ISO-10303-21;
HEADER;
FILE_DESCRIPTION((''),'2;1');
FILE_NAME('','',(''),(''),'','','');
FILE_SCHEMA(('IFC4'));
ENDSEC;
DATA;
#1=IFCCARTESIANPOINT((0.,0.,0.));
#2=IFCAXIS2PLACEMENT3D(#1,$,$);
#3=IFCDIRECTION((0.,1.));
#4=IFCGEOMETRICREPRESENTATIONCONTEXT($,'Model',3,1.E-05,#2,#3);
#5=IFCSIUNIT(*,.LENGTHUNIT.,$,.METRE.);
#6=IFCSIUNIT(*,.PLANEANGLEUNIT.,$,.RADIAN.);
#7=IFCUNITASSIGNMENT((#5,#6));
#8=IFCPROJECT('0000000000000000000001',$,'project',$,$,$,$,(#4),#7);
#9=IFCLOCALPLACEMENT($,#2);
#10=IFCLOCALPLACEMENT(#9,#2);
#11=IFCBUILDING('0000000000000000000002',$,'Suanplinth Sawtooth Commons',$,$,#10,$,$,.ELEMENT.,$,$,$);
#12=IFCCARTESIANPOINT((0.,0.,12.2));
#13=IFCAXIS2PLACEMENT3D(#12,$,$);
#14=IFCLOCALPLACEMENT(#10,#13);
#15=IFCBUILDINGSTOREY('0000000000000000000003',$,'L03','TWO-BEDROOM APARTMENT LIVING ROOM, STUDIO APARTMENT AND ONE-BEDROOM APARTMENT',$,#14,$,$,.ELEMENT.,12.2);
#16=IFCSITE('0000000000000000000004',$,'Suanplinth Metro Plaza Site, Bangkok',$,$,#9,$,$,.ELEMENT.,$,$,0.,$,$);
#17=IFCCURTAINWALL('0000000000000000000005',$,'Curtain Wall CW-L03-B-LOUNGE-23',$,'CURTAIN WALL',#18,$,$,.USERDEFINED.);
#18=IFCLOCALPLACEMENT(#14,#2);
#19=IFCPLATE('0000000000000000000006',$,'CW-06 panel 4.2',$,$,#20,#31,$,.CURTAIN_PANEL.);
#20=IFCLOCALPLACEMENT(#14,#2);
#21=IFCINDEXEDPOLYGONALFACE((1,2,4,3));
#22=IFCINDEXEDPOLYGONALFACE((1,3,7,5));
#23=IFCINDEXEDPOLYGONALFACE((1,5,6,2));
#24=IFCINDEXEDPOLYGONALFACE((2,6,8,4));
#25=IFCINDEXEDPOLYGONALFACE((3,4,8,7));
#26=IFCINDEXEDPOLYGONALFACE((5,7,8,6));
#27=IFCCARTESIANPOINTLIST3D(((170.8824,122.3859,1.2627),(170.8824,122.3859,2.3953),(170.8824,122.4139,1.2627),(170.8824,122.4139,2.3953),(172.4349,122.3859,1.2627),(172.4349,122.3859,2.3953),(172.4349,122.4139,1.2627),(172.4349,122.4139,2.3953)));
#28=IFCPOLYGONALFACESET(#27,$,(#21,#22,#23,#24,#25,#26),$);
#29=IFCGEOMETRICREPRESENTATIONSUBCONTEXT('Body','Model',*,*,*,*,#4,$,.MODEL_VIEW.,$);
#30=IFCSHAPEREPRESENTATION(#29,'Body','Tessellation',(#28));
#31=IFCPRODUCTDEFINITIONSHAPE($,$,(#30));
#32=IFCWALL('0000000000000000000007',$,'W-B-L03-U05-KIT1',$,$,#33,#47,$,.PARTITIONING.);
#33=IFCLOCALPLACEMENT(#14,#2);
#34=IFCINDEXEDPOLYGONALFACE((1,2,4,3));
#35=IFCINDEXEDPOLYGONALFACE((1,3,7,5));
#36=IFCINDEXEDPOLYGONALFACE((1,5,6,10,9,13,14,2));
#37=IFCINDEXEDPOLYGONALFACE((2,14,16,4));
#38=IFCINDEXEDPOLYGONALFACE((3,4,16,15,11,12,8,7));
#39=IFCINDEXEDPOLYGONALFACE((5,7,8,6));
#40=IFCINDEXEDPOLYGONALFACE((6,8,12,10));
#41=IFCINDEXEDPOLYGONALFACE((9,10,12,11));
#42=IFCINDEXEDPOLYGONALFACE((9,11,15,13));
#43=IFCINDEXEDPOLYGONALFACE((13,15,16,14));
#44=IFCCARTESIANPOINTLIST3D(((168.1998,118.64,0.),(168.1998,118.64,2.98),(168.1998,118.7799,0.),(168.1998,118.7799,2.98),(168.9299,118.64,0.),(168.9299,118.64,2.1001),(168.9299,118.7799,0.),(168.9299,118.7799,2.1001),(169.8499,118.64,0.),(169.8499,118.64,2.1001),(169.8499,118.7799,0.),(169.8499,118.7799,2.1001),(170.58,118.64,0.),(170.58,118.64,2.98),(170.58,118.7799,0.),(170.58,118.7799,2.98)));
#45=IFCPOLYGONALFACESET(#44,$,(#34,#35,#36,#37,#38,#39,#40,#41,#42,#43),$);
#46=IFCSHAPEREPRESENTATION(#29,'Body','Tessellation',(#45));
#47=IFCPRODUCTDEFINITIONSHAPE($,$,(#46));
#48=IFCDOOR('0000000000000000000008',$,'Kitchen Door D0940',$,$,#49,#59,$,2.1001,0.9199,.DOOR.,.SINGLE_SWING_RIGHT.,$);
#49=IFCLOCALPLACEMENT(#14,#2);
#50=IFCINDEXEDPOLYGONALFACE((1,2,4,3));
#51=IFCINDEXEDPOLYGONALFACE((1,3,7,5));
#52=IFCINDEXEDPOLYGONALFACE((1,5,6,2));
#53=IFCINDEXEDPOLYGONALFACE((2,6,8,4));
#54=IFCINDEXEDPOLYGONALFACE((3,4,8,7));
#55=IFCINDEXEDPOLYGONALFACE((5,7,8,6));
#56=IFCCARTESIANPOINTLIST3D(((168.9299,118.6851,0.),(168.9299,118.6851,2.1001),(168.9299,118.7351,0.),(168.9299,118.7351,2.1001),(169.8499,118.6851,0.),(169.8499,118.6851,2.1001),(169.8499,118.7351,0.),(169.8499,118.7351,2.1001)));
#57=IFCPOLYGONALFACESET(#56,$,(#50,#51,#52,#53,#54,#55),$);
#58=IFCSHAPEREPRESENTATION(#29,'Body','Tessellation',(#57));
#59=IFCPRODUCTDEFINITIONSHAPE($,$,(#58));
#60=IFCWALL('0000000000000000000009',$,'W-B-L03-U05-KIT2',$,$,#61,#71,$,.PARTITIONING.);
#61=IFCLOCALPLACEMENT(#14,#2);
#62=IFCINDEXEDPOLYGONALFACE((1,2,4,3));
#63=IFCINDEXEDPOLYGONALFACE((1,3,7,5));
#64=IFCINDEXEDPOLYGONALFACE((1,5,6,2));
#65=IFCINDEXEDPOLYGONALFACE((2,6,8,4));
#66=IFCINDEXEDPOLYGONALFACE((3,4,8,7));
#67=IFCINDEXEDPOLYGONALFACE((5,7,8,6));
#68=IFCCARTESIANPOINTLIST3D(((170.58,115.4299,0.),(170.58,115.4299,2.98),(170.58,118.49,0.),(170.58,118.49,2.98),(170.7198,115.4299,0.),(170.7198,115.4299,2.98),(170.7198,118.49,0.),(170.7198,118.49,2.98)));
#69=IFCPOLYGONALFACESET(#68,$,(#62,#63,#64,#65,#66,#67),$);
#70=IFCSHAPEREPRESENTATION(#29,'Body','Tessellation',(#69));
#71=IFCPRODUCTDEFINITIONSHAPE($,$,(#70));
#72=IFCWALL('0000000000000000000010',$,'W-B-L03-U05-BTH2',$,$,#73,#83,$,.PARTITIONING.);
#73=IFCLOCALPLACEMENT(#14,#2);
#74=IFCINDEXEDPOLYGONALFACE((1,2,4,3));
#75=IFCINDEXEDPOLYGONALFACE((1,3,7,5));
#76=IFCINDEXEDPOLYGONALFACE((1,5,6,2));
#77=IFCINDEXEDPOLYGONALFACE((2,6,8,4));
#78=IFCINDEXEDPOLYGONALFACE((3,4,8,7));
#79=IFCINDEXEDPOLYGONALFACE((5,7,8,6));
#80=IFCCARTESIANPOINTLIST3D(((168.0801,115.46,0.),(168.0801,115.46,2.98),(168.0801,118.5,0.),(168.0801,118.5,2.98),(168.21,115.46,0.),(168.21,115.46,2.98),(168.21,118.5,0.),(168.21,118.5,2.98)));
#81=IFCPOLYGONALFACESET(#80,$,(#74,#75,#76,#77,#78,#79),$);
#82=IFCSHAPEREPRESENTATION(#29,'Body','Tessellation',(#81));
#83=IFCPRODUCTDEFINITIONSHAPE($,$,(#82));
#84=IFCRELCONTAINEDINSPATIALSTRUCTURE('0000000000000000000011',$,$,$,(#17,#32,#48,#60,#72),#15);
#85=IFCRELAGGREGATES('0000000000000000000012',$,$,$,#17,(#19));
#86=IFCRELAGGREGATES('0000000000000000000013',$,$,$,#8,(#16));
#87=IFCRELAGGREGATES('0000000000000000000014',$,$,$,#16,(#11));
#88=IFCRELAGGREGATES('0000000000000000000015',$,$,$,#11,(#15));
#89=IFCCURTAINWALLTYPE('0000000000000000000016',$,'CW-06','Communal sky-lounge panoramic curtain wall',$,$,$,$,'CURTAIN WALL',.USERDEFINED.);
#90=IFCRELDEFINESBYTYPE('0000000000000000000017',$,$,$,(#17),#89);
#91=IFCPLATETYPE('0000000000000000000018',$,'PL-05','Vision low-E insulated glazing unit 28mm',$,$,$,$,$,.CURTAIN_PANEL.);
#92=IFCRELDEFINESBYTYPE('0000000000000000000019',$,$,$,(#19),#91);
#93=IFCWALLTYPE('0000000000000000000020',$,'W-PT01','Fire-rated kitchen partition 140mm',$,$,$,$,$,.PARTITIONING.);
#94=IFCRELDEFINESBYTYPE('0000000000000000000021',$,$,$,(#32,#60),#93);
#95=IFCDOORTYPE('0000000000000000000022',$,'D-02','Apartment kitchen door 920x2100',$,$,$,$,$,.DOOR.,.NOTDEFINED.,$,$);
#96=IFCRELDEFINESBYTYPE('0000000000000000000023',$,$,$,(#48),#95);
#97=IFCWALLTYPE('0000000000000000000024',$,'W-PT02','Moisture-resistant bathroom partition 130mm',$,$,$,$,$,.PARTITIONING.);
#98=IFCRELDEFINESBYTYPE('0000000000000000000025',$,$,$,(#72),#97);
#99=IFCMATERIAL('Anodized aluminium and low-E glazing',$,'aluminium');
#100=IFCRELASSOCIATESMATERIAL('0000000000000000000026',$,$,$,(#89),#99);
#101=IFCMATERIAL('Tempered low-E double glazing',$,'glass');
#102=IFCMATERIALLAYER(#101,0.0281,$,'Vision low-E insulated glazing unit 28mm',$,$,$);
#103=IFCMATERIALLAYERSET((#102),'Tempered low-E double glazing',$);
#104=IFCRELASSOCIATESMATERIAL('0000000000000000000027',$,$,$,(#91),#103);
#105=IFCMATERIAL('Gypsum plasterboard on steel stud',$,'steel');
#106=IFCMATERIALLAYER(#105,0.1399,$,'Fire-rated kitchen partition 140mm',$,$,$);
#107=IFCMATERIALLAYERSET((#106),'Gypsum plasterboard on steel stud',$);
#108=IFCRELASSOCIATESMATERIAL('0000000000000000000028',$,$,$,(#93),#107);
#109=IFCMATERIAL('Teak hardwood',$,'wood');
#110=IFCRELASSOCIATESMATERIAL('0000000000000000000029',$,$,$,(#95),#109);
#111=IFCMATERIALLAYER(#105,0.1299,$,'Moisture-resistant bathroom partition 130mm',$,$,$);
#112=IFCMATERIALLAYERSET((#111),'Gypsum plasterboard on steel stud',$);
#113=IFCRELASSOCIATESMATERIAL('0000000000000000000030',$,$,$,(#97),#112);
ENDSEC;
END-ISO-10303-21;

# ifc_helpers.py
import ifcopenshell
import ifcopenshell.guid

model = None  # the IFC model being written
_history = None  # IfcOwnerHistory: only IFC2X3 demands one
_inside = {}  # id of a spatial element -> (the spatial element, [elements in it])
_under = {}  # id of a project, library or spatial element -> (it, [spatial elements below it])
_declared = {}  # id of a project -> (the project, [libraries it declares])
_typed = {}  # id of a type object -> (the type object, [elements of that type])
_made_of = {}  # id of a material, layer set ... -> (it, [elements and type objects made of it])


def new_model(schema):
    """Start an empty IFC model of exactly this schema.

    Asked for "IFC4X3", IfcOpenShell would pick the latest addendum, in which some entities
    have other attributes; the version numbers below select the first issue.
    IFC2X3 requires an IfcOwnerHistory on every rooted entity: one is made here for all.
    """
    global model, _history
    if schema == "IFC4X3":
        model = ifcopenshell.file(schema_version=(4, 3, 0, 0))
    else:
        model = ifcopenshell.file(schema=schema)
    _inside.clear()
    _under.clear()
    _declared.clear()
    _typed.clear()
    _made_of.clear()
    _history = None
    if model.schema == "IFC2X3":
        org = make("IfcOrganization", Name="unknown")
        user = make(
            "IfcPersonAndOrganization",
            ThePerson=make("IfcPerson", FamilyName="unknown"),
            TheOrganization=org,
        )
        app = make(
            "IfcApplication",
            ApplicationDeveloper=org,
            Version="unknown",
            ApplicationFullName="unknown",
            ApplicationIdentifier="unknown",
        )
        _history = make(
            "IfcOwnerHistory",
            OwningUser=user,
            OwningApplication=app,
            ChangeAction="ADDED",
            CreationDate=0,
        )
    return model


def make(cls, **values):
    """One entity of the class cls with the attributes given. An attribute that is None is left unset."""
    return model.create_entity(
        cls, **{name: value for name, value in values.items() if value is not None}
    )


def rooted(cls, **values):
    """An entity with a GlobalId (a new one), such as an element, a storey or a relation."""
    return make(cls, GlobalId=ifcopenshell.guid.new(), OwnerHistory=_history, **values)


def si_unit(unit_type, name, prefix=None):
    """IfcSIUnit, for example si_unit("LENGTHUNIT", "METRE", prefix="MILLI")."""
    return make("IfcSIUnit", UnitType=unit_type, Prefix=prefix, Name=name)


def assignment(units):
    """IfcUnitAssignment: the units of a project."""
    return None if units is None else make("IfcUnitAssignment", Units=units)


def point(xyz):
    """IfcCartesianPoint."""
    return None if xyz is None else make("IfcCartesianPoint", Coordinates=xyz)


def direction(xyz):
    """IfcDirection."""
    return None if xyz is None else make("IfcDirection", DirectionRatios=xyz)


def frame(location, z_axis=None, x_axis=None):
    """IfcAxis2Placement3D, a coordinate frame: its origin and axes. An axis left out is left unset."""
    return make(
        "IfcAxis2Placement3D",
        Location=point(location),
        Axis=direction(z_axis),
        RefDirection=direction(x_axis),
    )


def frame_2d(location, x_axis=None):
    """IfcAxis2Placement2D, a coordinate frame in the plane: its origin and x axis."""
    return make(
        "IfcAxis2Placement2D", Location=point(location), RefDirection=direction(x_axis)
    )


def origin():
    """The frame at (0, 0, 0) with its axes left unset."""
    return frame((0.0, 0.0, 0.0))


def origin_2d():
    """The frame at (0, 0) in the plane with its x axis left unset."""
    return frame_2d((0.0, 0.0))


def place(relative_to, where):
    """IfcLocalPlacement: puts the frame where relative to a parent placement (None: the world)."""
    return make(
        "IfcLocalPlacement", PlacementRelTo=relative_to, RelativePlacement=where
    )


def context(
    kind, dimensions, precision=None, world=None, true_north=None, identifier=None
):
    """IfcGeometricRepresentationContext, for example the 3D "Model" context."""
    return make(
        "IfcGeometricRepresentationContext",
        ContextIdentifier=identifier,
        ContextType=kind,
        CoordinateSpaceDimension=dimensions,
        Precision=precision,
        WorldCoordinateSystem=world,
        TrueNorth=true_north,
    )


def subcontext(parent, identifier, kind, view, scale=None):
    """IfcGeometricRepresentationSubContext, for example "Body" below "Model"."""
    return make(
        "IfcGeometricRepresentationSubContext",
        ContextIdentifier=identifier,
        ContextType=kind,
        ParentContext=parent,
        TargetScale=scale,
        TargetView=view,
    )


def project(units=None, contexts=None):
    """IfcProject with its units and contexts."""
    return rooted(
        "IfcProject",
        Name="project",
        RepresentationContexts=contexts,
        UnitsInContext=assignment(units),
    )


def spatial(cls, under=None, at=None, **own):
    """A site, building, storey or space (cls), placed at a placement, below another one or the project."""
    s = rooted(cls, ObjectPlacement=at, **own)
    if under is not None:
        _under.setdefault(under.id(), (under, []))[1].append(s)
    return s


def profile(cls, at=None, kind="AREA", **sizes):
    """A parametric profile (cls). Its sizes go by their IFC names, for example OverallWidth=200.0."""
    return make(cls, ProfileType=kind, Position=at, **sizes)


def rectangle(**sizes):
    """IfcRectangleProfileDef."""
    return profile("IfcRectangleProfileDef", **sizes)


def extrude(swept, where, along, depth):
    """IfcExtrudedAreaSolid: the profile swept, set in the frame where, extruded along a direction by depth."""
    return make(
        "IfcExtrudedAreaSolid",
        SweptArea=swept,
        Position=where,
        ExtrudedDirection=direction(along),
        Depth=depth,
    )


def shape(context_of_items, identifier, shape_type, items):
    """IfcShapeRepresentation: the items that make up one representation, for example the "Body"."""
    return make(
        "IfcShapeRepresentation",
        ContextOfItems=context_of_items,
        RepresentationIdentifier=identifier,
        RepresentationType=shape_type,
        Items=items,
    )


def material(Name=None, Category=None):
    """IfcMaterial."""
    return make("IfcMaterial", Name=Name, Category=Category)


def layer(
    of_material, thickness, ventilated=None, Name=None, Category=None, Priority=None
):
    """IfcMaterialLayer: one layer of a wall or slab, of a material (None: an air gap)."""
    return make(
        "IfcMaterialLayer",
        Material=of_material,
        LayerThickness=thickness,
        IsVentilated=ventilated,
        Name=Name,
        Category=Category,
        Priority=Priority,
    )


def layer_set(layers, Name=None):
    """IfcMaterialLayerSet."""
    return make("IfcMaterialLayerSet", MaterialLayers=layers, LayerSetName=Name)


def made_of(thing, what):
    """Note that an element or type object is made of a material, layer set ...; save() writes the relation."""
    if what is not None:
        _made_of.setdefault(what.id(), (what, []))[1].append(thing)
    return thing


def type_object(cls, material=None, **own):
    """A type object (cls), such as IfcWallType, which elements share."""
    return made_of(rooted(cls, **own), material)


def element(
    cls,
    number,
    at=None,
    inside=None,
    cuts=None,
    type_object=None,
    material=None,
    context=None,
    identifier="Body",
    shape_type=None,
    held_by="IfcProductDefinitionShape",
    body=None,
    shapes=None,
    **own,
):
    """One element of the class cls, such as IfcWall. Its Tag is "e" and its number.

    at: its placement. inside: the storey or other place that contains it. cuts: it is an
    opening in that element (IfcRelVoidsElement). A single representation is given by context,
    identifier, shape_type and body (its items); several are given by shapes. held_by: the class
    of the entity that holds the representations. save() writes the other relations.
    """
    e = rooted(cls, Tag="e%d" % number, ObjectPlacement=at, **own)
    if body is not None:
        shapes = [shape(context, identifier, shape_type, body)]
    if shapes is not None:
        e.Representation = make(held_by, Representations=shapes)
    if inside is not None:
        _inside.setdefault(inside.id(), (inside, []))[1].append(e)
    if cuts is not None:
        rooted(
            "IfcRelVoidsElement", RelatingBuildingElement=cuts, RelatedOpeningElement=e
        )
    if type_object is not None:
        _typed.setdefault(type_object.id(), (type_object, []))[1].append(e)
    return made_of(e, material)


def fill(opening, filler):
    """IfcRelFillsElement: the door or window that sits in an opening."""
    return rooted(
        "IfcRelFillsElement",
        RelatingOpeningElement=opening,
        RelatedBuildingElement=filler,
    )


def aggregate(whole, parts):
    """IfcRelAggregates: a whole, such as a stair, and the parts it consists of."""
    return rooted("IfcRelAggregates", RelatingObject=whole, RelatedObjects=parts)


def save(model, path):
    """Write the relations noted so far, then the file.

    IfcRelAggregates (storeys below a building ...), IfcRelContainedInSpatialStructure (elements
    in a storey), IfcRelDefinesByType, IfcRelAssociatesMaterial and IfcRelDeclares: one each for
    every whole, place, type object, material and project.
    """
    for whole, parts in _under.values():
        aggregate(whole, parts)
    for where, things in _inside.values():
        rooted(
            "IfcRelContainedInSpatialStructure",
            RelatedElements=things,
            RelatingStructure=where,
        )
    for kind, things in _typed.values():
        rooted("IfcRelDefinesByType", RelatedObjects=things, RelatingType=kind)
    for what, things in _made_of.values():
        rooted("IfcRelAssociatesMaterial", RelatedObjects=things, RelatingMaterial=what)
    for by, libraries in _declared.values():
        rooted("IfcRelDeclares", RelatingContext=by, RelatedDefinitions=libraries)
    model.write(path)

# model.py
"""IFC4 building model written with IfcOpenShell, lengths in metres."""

from ifc_helpers import new_model, si_unit, direction, frame, frame_2d, origin, origin_2d, place, context, subcontext, project, spatial, rectangle, extrude, material, layer, layer_set, type_object, element, fill, aggregate, save


model = new_model("IFC4")

# Units and contexts
model_context = context("Model", 3, precision=1e-05, world=origin(), true_north=direction((0.0, 1.0)))
body_context = subcontext(model_context, "Body", "Model", "MODEL_VIEW")
ifc_project = project(units=[si_unit("LENGTHUNIT", "METRE"), si_unit("PLANEANGLEUNIT", "RADIAN")], contexts=[model_context])

# Site, building, storey
site_placement = place(None, origin())
site = spatial("IfcSite", under=ifc_project, at=site_placement, Name="Suanplinth Metro Plaza Site, Bangkok", CompositionType="ELEMENT", RefElevation=0.0)
building_placement = place(site_placement, origin())
building = spatial("IfcBuilding", under=site, at=building_placement, Name="Suanplinth Sawtooth Commons", CompositionType="ELEMENT")
storey_placement = place(building_placement, frame((0.0, 0.0, 12.2)))
storey = spatial("IfcBuildingStorey", under=building, at=storey_placement, Name="L03", Description="TWO-BEDROOM APARTMENT LIVING ROOM, STUDIO APARTMENT AND ONE-BEDROOM APARTMENT", CompositionType="ELEMENT", Elevation=12.2)

# Curtain wall
ifc_material_1 = material(Name="Anodized aluminium and low-E glazing", Category="aluminium")
curtain_wall_type = type_object("IfcCurtainWallType", Name="CW-06", Description="Communal sky-lounge panoramic curtain wall", ElementType="CURTAIN WALL", PredefinedType="USERDEFINED", material=ifc_material_1)
curtain_wall_placement = place(storey_placement, origin())
curtain_wall = element("IfcCurtainWall", 1, at=curtain_wall_placement, inside=storey, type_object=curtain_wall_type, Name="Curtain Wall CW-L03-B-LOUNGE-23", ObjectType="CURTAIN WALL", PredefinedType="USERDEFINED")

# Plate
ifc_material_2 = material(Name="Tempered low-E double glazing", Category="glass")
ifc_layer_1 = layer(ifc_material_2, 0.0281, Name="Vision low-E insulated glazing unit 28mm")
ifc_layer_set_1 = layer_set([ifc_layer_1], Name="Tempered low-E double glazing")
plate_type_1 = type_object("IfcPlateType", Name="PL-05", Description="Vision low-E insulated glazing unit 28mm", PredefinedType="CURTAIN_PANEL", material=ifc_layer_set_1)
plate_1_placement = place(storey_placement, frame((171.6587, 122.3999, 1.2627), z_axis=(0.0, 0.0, 1.0), x_axis=(1.0, 0.0, 0.0)))
plate_1 = element("IfcPlate", 2, at=plate_1_placement, type_object=plate_type_1, Name="CW-06 panel 4.2", PredefinedType="CURTAIN_PANEL", context=body_context, shape_type="SweptSolid", body=[
    extrude(rectangle(XDim=1.5525, YDim=0.0281, at=origin_2d()), origin(), (0.0, 0.0, 1.0), 1.1326),
])
aggregate(curtain_wall, [plate_1])

# Wall, opening, door
ifc_material_3 = material(Name="Gypsum plasterboard on steel stud", Category="steel")
ifc_layer_2 = layer(ifc_material_3, 0.1399, Name="Fire-rated kitchen partition 140mm")
ifc_layer_set_2 = layer_set([ifc_layer_2], Name="Gypsum plasterboard on steel stud")
wall_type_1 = type_object("IfcWallType", Name="W-PT01", Description="Fire-rated kitchen partition 140mm", PredefinedType="PARTITIONING", material=ifc_layer_set_2)
wall_1_placement = place(storey_placement, frame((168.2, 118.71, 0.0), z_axis=(0.0, 0.0, 1.0), x_axis=(1.0, 0.0, 0.0)))
wall_1 = element("IfcWall", 3, at=wall_1_placement, inside=storey, type_object=wall_type_1, Name="W-B-L03-U05-KIT1", PredefinedType="PARTITIONING", context=body_context, shape_type="SweptSolid", body=[
    extrude(rectangle(XDim=2.3801, YDim=0.1399, at=frame_2d((1.1899, 0.0))), origin(), (0.0, 0.0, 1.0), 2.98),
])
opening_placement = place(wall_1_placement, frame((0.73, 0.0, 0.0)))
opening = element("IfcOpeningElement", 4, at=opening_placement, cuts=wall_1, PredefinedType="OPENING", context=body_context, shape_type="SweptSolid", body=[
    extrude(rectangle(XDim=0.9199, YDim=2.1001, at=frame_2d((0.46, 1.05))), frame((0.0, 0.085, 0.0), z_axis=(0.0, -1.0, 0.0), x_axis=(1.0, 0.0, 0.0)), (0.0, 0.0, 1.0), 0.1697),
])
ifc_material_4 = material(Name="Teak hardwood", Category="wood")
door_type = type_object("IfcDoorType", Name="D-02", Description="Apartment kitchen door 920x2100", OperationType="NOTDEFINED", PredefinedType="DOOR", material=ifc_material_4)
door_placement = place(opening_placement, frame((0.9199, 0.0, 0.0), z_axis=(0.0, 0.0, 1.0), x_axis=(-1.0, 0.0, 0.0)))
door = element("IfcDoor", 5, at=door_placement, inside=storey, type_object=door_type, Name="Kitchen Door D0940", OperationType="SINGLE_SWING_RIGHT", OverallHeight=2.1001, OverallWidth=0.9199, PredefinedType="DOOR", context=body_context, shape_type="SweptSolid", body=[
    extrude(rectangle(XDim=0.9199, YDim=2.1001, at=frame_2d((0.46, 1.05))), frame((0.0, 0.0249, 0.0), z_axis=(0.0, -1.0, 0.0), x_axis=(1.0, 0.0, 0.0)), (0.0, 0.0, 1.0), 0.05),
])
fill(opening, door)

# Walls
wall_2_placement = place(storey_placement, frame((170.6499, 115.4299, 0.0), z_axis=(0.0, 0.0, 1.0), x_axis=(0.0, 1.0, 0.0)))
element("IfcWall", 6, at=wall_2_placement, inside=storey, type_object=wall_type_1, Name="W-B-L03-U05-KIT2", PredefinedType="PARTITIONING", context=body_context, shape_type="SweptSolid", body=[
    extrude(rectangle(XDim=3.0601, YDim=0.1399, at=frame_2d((1.53, 0.0))), origin(), (0.0, 0.0, 1.0), 2.98),
])
ifc_layer_3 = layer(ifc_material_3, 0.1299, Name="Moisture-resistant bathroom partition 130mm")
ifc_layer_set_3 = layer_set([ifc_layer_3], Name="Gypsum plasterboard on steel stud")
wall_type_2 = type_object("IfcWallType", Name="W-PT02", Description="Moisture-resistant bathroom partition 130mm", PredefinedType="PARTITIONING", material=ifc_layer_set_3)
wall_3_placement = place(storey_placement, frame((168.145, 115.46, 0.0), z_axis=(0.0, 0.0, 1.0), x_axis=(0.0, 1.0, 0.0)))
element("IfcWall", 7, at=wall_3_placement, inside=storey, type_object=wall_type_2, Name="W-B-L03-U05-BTH2", PredefinedType="PARTITIONING", context=body_context, shape_type="SweptSolid", body=[
    extrude(rectangle(XDim=3.04, YDim=0.1299, at=frame_2d((1.52, 0.0))), origin(), (0.0, 0.0, 1.0), 2.98),
])

save(model, "model.ifc")
